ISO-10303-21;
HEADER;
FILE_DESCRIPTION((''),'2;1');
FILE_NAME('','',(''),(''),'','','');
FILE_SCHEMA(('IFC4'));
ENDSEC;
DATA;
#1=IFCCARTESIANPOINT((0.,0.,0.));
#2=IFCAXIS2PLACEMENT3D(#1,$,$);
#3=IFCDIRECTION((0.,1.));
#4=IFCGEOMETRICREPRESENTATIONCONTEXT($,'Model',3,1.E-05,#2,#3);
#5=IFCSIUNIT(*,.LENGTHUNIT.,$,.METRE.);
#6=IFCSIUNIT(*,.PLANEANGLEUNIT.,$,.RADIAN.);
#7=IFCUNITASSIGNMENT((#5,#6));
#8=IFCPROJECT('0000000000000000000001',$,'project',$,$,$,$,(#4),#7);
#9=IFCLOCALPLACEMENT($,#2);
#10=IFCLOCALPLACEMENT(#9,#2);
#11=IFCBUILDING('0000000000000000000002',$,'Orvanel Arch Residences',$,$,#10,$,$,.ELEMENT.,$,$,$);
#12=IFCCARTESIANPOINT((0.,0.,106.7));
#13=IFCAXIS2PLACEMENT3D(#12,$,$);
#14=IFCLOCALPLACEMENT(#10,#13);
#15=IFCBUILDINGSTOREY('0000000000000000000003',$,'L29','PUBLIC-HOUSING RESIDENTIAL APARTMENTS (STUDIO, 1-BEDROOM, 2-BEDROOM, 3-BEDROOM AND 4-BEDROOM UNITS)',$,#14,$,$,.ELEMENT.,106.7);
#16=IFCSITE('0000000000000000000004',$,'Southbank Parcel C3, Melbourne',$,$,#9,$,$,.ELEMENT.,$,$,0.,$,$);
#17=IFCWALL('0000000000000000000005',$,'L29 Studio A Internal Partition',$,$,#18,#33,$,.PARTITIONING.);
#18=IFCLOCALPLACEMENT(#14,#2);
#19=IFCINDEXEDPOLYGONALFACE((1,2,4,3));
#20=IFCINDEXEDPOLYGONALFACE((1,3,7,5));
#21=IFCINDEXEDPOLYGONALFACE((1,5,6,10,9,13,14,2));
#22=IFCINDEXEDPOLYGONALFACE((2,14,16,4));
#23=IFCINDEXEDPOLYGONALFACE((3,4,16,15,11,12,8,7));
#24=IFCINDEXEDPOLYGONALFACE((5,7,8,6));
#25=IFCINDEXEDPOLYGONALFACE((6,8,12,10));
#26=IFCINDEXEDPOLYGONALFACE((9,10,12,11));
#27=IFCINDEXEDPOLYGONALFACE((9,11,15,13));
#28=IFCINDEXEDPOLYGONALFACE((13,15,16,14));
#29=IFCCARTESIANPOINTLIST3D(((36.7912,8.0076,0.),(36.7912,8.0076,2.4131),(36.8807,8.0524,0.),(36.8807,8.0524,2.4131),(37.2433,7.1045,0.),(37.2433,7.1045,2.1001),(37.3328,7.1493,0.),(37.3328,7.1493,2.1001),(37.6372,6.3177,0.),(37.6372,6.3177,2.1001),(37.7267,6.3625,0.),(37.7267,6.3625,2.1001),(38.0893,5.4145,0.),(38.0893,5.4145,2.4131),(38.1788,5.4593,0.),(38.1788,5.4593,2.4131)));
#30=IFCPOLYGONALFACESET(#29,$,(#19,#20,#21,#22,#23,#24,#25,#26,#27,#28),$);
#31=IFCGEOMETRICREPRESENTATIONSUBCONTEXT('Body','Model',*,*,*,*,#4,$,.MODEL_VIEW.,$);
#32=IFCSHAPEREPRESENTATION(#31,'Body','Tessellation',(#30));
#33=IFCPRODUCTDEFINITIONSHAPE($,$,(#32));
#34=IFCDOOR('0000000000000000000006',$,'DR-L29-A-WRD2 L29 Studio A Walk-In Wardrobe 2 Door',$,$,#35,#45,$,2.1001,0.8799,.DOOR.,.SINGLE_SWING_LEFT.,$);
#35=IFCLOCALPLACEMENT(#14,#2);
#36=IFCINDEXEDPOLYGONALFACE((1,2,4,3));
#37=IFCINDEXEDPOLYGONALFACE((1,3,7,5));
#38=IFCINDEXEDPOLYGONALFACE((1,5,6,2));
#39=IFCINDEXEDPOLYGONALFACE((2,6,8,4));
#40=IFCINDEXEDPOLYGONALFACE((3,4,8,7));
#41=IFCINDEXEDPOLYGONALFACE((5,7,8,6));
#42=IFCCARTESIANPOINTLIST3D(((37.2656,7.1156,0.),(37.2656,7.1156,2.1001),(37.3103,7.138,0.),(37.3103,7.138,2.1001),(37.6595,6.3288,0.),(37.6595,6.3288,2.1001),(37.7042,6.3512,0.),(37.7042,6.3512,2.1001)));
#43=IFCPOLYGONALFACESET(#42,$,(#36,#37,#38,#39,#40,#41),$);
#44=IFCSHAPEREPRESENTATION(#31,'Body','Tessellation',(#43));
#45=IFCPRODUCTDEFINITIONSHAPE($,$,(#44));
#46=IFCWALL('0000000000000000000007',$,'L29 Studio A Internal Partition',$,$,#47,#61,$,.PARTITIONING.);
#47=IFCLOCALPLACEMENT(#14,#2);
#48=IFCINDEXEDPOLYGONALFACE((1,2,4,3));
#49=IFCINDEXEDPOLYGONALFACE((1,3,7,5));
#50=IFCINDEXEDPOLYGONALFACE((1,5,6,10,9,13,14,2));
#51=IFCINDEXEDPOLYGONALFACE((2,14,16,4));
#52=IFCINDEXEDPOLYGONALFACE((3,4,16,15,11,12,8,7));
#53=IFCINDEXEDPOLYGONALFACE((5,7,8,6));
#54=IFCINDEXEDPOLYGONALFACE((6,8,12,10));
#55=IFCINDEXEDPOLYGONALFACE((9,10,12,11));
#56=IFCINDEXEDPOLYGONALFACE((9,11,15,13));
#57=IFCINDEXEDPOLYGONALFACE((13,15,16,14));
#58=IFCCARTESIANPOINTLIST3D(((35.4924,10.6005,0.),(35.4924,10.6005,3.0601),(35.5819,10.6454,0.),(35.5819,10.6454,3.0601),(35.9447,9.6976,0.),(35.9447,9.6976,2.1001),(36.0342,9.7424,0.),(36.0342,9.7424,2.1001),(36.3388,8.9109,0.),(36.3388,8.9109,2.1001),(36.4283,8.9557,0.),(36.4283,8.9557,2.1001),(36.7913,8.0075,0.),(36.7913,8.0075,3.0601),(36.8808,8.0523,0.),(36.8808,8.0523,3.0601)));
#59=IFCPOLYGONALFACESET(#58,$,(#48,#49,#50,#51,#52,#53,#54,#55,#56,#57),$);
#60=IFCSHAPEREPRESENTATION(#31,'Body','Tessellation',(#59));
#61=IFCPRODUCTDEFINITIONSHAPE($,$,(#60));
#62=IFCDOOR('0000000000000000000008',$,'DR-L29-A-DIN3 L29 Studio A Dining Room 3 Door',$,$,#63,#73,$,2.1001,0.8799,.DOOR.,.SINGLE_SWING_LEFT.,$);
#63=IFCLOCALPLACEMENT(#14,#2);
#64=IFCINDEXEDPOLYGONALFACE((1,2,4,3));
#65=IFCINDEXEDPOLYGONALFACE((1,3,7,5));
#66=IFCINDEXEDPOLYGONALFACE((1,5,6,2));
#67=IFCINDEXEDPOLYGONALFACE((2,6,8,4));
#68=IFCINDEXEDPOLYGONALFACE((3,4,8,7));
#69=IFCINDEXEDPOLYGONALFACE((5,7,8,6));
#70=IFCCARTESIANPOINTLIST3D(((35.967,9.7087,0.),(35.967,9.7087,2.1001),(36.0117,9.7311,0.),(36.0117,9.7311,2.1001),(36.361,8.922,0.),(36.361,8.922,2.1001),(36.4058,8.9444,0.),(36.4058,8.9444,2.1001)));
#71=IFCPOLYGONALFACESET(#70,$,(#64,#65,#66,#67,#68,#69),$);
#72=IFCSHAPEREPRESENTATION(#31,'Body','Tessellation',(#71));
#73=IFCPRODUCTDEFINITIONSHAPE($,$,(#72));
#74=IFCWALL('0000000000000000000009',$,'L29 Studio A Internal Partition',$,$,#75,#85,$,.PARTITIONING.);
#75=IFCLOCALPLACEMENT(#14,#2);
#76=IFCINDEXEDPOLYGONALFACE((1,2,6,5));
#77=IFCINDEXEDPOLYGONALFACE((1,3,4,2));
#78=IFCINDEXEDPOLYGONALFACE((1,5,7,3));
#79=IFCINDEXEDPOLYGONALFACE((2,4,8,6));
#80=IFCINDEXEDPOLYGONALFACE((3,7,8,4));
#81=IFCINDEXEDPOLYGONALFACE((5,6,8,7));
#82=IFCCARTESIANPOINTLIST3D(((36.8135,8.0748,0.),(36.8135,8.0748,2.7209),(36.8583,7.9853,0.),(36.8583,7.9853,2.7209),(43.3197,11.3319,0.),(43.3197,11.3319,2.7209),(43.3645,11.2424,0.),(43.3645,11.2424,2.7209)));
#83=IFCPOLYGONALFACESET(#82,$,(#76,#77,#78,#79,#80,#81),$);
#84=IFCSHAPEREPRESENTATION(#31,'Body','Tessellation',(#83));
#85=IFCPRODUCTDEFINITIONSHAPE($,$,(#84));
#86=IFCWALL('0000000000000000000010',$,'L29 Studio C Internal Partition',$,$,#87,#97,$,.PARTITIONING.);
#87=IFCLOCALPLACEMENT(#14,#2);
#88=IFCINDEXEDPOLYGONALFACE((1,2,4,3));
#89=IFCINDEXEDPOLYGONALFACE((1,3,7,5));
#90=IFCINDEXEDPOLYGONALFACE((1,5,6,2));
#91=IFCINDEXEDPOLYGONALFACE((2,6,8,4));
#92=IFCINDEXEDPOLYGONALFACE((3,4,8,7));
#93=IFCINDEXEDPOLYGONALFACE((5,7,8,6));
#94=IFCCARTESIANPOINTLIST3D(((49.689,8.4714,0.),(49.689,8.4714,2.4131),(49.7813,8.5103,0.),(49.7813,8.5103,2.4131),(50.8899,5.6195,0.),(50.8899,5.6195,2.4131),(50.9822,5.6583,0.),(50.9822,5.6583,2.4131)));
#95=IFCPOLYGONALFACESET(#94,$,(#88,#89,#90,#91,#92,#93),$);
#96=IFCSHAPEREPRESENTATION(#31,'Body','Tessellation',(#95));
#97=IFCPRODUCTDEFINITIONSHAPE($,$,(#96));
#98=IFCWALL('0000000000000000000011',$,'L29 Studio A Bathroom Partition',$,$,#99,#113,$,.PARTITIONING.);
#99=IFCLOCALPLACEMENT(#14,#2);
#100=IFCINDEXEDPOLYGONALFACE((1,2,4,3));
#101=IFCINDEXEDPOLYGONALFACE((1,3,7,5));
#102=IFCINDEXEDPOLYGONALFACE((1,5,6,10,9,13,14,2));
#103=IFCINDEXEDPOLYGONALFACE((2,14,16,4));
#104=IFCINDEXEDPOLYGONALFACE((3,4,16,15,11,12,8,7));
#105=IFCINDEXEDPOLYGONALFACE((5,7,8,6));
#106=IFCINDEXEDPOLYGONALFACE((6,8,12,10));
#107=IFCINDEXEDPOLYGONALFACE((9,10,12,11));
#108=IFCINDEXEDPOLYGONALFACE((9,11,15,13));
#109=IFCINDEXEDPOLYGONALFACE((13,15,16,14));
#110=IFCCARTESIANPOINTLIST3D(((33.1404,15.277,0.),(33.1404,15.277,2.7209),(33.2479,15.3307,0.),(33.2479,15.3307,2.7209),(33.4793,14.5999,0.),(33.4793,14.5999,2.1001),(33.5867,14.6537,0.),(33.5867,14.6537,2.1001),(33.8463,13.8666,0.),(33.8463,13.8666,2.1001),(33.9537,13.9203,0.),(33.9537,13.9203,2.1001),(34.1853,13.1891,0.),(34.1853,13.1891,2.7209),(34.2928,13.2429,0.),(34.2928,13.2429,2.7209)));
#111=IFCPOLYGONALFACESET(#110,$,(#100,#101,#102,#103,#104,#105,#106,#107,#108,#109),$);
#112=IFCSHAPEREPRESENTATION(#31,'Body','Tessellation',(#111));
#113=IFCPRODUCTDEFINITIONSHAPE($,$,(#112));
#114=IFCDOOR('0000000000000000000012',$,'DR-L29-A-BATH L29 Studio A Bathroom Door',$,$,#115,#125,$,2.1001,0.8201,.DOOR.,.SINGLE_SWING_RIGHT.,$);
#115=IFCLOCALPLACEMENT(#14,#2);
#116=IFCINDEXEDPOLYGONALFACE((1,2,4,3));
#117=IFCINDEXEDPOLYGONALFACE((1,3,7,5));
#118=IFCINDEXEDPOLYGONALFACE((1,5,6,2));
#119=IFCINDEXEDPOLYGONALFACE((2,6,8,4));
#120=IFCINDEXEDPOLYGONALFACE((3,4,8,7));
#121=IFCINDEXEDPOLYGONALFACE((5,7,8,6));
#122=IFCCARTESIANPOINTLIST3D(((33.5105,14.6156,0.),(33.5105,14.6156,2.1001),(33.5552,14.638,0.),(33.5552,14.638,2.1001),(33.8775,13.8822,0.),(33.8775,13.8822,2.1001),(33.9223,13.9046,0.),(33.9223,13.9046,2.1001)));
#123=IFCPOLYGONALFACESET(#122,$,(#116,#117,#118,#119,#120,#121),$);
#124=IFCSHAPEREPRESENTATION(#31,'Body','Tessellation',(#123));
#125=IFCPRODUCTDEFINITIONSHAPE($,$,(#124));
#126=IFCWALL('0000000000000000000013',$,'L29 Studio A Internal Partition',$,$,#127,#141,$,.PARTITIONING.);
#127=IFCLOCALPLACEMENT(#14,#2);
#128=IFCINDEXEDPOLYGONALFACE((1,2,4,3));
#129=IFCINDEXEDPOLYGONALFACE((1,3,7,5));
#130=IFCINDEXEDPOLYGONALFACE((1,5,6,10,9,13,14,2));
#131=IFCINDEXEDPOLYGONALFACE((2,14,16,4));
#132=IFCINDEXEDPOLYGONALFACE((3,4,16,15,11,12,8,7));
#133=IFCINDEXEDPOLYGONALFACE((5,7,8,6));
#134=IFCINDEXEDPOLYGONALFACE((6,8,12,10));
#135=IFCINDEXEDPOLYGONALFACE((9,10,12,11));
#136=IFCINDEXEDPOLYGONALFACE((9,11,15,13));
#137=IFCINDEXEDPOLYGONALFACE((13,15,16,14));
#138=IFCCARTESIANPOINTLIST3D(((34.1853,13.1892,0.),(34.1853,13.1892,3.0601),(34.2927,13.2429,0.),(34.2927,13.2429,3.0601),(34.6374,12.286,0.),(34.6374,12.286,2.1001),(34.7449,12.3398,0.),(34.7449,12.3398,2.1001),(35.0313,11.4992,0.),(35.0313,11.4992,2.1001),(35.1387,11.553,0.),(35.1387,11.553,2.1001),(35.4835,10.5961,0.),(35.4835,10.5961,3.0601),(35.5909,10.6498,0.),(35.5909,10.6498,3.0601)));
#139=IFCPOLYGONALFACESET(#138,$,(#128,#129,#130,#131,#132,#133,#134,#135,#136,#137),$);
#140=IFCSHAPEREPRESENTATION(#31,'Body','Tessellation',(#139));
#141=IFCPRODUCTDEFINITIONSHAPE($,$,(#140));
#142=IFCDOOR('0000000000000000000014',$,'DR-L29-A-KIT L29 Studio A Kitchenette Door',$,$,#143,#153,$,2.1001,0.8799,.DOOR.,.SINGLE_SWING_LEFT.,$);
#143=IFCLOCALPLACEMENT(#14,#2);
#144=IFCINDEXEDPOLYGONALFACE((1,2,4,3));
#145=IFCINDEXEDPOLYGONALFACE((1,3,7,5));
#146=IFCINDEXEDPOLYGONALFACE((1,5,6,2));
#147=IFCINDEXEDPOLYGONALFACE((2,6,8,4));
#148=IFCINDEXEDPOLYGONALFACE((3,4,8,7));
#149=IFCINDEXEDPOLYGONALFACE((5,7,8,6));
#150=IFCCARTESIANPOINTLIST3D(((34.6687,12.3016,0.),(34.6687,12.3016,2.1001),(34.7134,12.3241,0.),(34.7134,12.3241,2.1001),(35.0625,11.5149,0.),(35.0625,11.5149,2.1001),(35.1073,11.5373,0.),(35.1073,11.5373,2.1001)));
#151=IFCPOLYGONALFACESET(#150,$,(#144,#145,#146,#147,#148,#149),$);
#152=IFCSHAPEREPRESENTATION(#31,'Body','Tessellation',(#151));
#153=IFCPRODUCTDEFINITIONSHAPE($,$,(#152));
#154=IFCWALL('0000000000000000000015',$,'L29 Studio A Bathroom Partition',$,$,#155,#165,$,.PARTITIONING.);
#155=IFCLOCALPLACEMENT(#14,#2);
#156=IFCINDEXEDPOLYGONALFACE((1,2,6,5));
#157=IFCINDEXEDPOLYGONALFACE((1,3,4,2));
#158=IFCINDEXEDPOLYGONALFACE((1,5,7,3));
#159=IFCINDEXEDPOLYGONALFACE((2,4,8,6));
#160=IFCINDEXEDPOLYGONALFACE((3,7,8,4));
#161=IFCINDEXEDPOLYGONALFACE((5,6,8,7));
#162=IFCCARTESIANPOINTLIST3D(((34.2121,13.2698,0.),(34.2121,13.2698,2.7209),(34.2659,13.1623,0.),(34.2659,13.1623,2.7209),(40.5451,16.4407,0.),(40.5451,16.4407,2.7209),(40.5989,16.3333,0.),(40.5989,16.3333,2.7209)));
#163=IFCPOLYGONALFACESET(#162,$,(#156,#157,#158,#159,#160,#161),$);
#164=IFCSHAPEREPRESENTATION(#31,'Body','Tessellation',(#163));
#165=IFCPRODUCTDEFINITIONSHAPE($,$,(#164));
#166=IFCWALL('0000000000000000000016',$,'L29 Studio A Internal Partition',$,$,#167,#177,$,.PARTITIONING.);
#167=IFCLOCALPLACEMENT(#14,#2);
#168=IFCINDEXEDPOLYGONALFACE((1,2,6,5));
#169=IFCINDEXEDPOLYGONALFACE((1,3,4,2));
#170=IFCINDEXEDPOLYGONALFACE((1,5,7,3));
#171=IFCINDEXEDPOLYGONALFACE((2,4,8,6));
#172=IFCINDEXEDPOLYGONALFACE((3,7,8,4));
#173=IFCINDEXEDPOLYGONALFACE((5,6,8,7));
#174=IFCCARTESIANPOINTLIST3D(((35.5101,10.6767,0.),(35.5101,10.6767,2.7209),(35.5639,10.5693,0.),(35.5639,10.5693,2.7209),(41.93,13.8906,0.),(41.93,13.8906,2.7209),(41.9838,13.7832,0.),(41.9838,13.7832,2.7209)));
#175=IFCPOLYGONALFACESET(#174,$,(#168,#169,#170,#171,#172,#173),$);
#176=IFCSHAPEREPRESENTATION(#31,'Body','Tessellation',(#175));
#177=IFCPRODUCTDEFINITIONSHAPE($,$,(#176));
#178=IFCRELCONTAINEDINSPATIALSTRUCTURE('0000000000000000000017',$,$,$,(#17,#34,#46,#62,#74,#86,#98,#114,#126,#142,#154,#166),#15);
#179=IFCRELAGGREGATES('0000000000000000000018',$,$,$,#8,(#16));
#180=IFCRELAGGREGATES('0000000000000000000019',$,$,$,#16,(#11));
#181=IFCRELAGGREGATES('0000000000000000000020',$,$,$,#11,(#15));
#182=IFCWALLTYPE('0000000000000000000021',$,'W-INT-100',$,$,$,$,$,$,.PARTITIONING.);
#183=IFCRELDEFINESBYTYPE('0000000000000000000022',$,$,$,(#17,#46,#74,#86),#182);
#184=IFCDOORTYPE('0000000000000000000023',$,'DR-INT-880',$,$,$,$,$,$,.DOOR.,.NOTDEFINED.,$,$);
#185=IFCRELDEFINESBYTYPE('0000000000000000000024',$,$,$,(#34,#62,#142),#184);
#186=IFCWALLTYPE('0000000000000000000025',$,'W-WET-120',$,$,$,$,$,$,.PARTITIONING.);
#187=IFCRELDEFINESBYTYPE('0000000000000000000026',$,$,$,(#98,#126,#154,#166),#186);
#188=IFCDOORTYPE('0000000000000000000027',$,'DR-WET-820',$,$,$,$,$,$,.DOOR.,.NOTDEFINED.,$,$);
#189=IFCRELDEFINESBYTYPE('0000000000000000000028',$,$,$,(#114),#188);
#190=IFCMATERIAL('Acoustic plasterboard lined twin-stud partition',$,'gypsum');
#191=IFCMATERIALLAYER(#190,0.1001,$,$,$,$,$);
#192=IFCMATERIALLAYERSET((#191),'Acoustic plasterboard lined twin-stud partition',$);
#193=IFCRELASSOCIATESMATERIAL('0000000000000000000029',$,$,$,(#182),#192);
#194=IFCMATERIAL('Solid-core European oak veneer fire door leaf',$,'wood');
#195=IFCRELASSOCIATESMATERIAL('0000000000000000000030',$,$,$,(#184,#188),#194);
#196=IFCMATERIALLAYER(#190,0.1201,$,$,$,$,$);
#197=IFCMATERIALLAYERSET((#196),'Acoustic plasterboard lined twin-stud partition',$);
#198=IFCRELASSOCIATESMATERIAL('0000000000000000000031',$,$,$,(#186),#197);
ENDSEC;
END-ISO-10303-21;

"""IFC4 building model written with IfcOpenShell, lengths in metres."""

from ifc_helpers import new_model, si_unit, direction, frame, frame_2d, origin, place, context, subcontext, project, spatial, rectangle, extrude, material, layer, layer_set, type_object, element, fill, save


model = new_model("IFC4")

# Units and contexts
model_context = context("Model", 3, precision=1e-05, world=origin(), true_north=direction((0.0, 1.0)))
body_context = subcontext(model_context, "Body", "Model", "MODEL_VIEW")
ifc_project = project(units=[si_unit("LENGTHUNIT", "METRE"), si_unit("PLANEANGLEUNIT", "RADIAN")], contexts=[model_context])

# Site, building, storey
site_placement = place(None, origin())
site = spatial("IfcSite", under=ifc_project, at=site_placement, Name="Southbank Parcel C3, Melbourne", CompositionType="ELEMENT", RefElevation=0.0)
building_placement = place(site_placement, origin())
building = spatial("IfcBuilding", under=site, at=building_placement, Name="Orvanel Arch Residences", CompositionType="ELEMENT")
storey_placement = place(building_placement, frame((0.0, 0.0, 106.7)))
storey = spatial("IfcBuildingStorey", under=building, at=storey_placement, Name="L29", Description="PUBLIC-HOUSING RESIDENTIAL APARTMENTS (STUDIO, 1-BEDROOM, 2-BEDROOM, 3-BEDROOM AND 4-BEDROOM UNITS)", CompositionType="ELEMENT", Elevation=106.7)

# Walls, openings, doors
ifc_material_1 = material(Name="Acoustic plasterboard lined twin-stud partition", Category="gypsum")
ifc_layer_1 = layer(ifc_material_1, 0.1001)
ifc_layer_set_1 = layer_set([ifc_layer_1], Name="Acoustic plasterboard lined twin-stud partition")
wall_type_1 = type_object("IfcWallType", Name="W-INT-100", PredefinedType="PARTITIONING", material=ifc_layer_set_1)
wall_1_placement = place(storey_placement, frame((36.8359, 8.03, 0.0), z_axis=(0.0, 0.0, 1.0), x_axis=(0.447651, -0.894208, 0.0)))
wall_1 = element("IfcWall", 1, at=wall_1_placement, inside=storey, type_object=wall_type_1, Name="L29 Studio A Internal Partition", PredefinedType="PARTITIONING", context=body_context, shape_type="SweptSolid", body=[
    extrude(rectangle(XDim=2.8999, YDim=0.1001, at=frame_2d((1.45, 0.0))), origin(), (0.0, 0.0, 1.0), 2.4131),
])
opening_1_placement = place(wall_1_placement, frame((1.01, 0.0, 0.0)))
opening_1 = element("IfcOpeningElement", 2, at=opening_1_placement, cuts=wall_1, PredefinedType="OPENING", context=body_context, shape_type="SweptSolid", body=[
    extrude(rectangle(XDim=0.8799, YDim=2.1001, at=frame_2d((0.4399, 1.05))), frame((0.0, 0.0601, 0.0), z_axis=(0.0, -1.0, 0.0), x_axis=(1.0, 0.0, 0.0)), (0.0, 0.0, 1.0), 0.1201),
])
ifc_material_2 = material(Name="Solid-core European oak veneer fire door leaf", Category="wood")
door_type_1 = type_object("IfcDoorType", Name="DR-INT-880", OperationType="NOTDEFINED", PredefinedType="DOOR", material=ifc_material_2)
door_1_placement = place(opening_1_placement, origin())
door_1 = element("IfcDoor", 3, at=door_1_placement, inside=storey, type_object=door_type_1, Name="DR-L29-A-WRD2 L29 Studio A Walk-In Wardrobe 2 Door", OperationType="SINGLE_SWING_LEFT", OverallHeight=2.1001, OverallWidth=0.8799, PredefinedType="DOOR", context=body_context, shape_type="SweptSolid", body=[
    extrude(rectangle(XDim=0.8799, YDim=2.1001, at=frame_2d((0.4399, 1.05))), frame((0.0, 0.0249, 0.0), z_axis=(0.0, -1.0, 0.0), x_axis=(1.0, 0.0, 0.0)), (0.0, 0.0, 1.0), 0.05),
])
fill(opening_1, door_1)
wall_2_placement = place(storey_placement, frame((35.5371, 10.623, 0.0), z_axis=(0.0, 0.0, 1.0), x_axis=(0.447853, -0.894107, 0.0)))
wall_2 = element("IfcWall", 4, at=wall_2_placement, inside=storey, type_object=wall_type_1, Name="L29 Studio A Internal Partition", PredefinedType="PARTITIONING", context=body_context, shape_type="SweptSolid", body=[
    extrude(rectangle(XDim=2.9001, YDim=0.1001, at=frame_2d((1.4502, 0.0))), origin(), (0.0, 0.0, 1.0), 3.0601),
])
opening_2_placement = place(wall_2_placement, frame((1.01, 0.0, 0.0)))
opening_2 = element("IfcOpeningElement", 5, at=opening_2_placement, cuts=wall_2, PredefinedType="OPENING", context=body_context, shape_type="SweptSolid", body=[
    extrude(rectangle(XDim=0.8799, YDim=2.1001, at=frame_2d((0.4399, 1.05))), frame((0.0, 0.0601, 0.0), z_axis=(0.0, -1.0, 0.0), x_axis=(1.0, 0.0, 0.0)), (0.0, 0.0, 1.0), 0.1201),
])
door_2_placement = place(opening_2_placement, origin())
door_2 = element("IfcDoor", 6, at=door_2_placement, inside=storey, type_object=door_type_1, Name="DR-L29-A-DIN3 L29 Studio A Dining Room 3 Door", OperationType="SINGLE_SWING_LEFT", OverallHeight=2.1001, OverallWidth=0.8799, PredefinedType="DOOR", context=body_context, shape_type="SweptSolid", body=[
    extrude(rectangle(XDim=0.8799, YDim=2.1001, at=frame_2d((0.4399, 1.05))), frame((0.0, 0.0249, 0.0), z_axis=(0.0, -1.0, 0.0), x_axis=(1.0, 0.0, 0.0)), (0.0, 0.0, 1.0), 0.05),
])
fill(opening_2, door_2)

# Walls
wall_3_placement = place(storey_placement, frame((36.8359, 8.03, 0.0), z_axis=(0.0, 0.0, 1.0), x_axis=(0.894206, 0.447656, 0.0)))
element("IfcWall", 7, at=wall_3_placement, inside=storey, type_object=wall_type_1, Name="L29 Studio A Internal Partition", PredefinedType="PARTITIONING", context=body_context, shape_type="SweptSolid", body=[
    extrude(rectangle(XDim=7.2759, YDim=0.1001, at=frame_2d((3.6379, 0.0))), origin(), (0.0, 0.0, 1.0), 2.7209),
])
wall_4_placement = place(storey_placement, frame((49.7351, 8.491, 0.0), z_axis=(0.0, 0.0, 1.0), x_axis=(0.388075, -0.921628, 0.0)))
element("IfcWall", 8, at=wall_4_placement, inside=storey, type_object=wall_type_1, Name="L29 Studio C Internal Partition", PredefinedType="PARTITIONING", context=body_context, shape_type="SweptSolid", body=[
    extrude(rectangle(XDim=3.0945, YDim=0.1001, at=frame_2d((1.5474, 0.0))), origin(), (0.0, 0.0, 1.0), 2.4131),
])

# Walls, openings, doors
ifc_layer_2 = layer(ifc_material_1, 0.1201)
ifc_layer_set_2 = layer_set([ifc_layer_2], Name="Acoustic plasterboard lined twin-stud partition")
wall_type_2 = type_object("IfcWallType", Name="W-WET-120", PredefinedType="PARTITIONING", material=ifc_layer_set_2)
wall_5_placement = place(storey_placement, frame((33.1941, 15.304, 0.0), z_axis=(0.0, 0.0, 1.0), x_axis=(0.447548, -0.89426, 0.0)))
wall_5 = element("IfcWall", 9, at=wall_5_placement, inside=storey, type_object=wall_type_2, Name="L29 Studio A Bathroom Partition", PredefinedType="PARTITIONING", context=body_context, shape_type="SweptSolid", body=[
    extrude(rectangle(XDim=2.3347, YDim=0.1201, at=frame_2d((1.1675, 0.0))), origin(), (0.0, 0.0, 1.0), 2.7209),
])
opening_3_placement = place(wall_5_placement, frame((0.7571, 0.0, 0.0)))
opening_3 = element("IfcOpeningElement", 10, at=opening_3_placement, cuts=wall_5, PredefinedType="OPENING", context=body_context, shape_type="SweptSolid", body=[
    extrude(rectangle(XDim=0.8201, YDim=2.1001, at=frame_2d((0.4102, 1.05))), frame((0.0, 0.0701, 0.0), z_axis=(0.0, -1.0, 0.0), x_axis=(1.0, 0.0, 0.0)), (0.0, 0.0, 1.0), 0.1401),
])
door_type_2 = type_object("IfcDoorType", Name="DR-WET-820", OperationType="NOTDEFINED", PredefinedType="DOOR", material=ifc_material_2)
door_3_placement = place(opening_3_placement, origin())
door_3 = element("IfcDoor", 11, at=door_3_placement, inside=storey, type_object=door_type_2, Name="DR-L29-A-BATH L29 Studio A Bathroom Door", OperationType="SINGLE_SWING_RIGHT", OverallHeight=2.1001, OverallWidth=0.8201, PredefinedType="DOOR", context=body_context, shape_type="SweptSolid", body=[
    extrude(rectangle(XDim=0.8201, YDim=2.1001, at=frame_2d((0.4102, 1.05))), frame((0.0, 0.0249, 0.0), z_axis=(0.0, -1.0, 0.0), x_axis=(1.0, 0.0, 0.0)), (0.0, 0.0, 1.0), 0.05),
])
fill(opening_3, door_3)
wall_6_placement = place(storey_placement, frame((34.239, 13.2161, 0.0), z_axis=(0.0, 0.0, 1.0), x_axis=(0.447651, -0.894208, 0.0)))
wall_6 = element("IfcWall", 12, at=wall_6_placement, inside=storey, type_object=wall_type_2, Name="L29 Studio A Internal Partition", PredefinedType="PARTITIONING", context=body_context, shape_type="SweptSolid", body=[
    extrude(rectangle(XDim=2.8999, YDim=0.1201, at=frame_2d((1.45, 0.0))), origin(), (0.0, 0.0, 1.0), 3.0601),
])
opening_4_placement = place(wall_6_placement, frame((1.01, 0.0, 0.0)))
opening_4 = element("IfcOpeningElement", 13, at=opening_4_placement, cuts=wall_6, PredefinedType="OPENING", context=body_context, shape_type="SweptSolid", body=[
    extrude(rectangle(XDim=0.8799, YDim=2.1001, at=frame_2d((0.4399, 1.05))), frame((0.0, 0.0701, 0.0), z_axis=(0.0, -1.0, 0.0), x_axis=(1.0, 0.0, 0.0)), (0.0, 0.0, 1.0), 0.1401),
])
door_4_placement = place(opening_4_placement, origin())
door_4 = element("IfcDoor", 14, at=door_4_placement, inside=storey, type_object=door_type_1, Name="DR-L29-A-KIT L29 Studio A Kitchenette Door", OperationType="SINGLE_SWING_LEFT", OverallHeight=2.1001, OverallWidth=0.8799, PredefinedType="DOOR", context=body_context, shape_type="SweptSolid", body=[
    extrude(rectangle(XDim=0.8799, YDim=2.1001, at=frame_2d((0.4399, 1.05))), frame((0.0, 0.0249, 0.0), z_axis=(0.0, -1.0, 0.0), x_axis=(1.0, 0.0, 0.0)), (0.0, 0.0, 1.0), 0.05),
])
fill(opening_4, door_4)

# Walls
wall_7_placement = place(storey_placement, frame((40.572, 16.387, 0.0), z_axis=(0.0, 0.0, 1.0), x_axis=(-0.894179, -0.44771, 0.0)))
element("IfcWall", 15, at=wall_7_placement, inside=storey, type_object=wall_type_2, Name="L29 Studio A Bathroom Partition", PredefinedType="PARTITIONING", context=body_context, shape_type="SweptSolid", body=[
    extrude(rectangle(XDim=7.0825, YDim=0.1201, at=frame_2d((3.5413, 0.0))), origin(), (0.0, 0.0, 1.0), 2.7209),
])
wall_8_placement = place(storey_placement, frame((41.957, 13.8369, 0.0), z_axis=(0.0, 0.0, 1.0), x_axis=(-0.894209, -0.447649, 0.0)))
element("IfcWall", 16, at=wall_8_placement, inside=storey, type_object=wall_type_2, Name="L29 Studio A Internal Partition", PredefinedType="PARTITIONING", context=body_context, shape_type="SweptSolid", body=[
    extrude(rectangle(XDim=7.1794, YDim=0.1201, at=frame_2d((3.5898, 0.0))), origin(), (0.0, 0.0, 1.0), 2.7209),
])

save(model, "model.ifc")
